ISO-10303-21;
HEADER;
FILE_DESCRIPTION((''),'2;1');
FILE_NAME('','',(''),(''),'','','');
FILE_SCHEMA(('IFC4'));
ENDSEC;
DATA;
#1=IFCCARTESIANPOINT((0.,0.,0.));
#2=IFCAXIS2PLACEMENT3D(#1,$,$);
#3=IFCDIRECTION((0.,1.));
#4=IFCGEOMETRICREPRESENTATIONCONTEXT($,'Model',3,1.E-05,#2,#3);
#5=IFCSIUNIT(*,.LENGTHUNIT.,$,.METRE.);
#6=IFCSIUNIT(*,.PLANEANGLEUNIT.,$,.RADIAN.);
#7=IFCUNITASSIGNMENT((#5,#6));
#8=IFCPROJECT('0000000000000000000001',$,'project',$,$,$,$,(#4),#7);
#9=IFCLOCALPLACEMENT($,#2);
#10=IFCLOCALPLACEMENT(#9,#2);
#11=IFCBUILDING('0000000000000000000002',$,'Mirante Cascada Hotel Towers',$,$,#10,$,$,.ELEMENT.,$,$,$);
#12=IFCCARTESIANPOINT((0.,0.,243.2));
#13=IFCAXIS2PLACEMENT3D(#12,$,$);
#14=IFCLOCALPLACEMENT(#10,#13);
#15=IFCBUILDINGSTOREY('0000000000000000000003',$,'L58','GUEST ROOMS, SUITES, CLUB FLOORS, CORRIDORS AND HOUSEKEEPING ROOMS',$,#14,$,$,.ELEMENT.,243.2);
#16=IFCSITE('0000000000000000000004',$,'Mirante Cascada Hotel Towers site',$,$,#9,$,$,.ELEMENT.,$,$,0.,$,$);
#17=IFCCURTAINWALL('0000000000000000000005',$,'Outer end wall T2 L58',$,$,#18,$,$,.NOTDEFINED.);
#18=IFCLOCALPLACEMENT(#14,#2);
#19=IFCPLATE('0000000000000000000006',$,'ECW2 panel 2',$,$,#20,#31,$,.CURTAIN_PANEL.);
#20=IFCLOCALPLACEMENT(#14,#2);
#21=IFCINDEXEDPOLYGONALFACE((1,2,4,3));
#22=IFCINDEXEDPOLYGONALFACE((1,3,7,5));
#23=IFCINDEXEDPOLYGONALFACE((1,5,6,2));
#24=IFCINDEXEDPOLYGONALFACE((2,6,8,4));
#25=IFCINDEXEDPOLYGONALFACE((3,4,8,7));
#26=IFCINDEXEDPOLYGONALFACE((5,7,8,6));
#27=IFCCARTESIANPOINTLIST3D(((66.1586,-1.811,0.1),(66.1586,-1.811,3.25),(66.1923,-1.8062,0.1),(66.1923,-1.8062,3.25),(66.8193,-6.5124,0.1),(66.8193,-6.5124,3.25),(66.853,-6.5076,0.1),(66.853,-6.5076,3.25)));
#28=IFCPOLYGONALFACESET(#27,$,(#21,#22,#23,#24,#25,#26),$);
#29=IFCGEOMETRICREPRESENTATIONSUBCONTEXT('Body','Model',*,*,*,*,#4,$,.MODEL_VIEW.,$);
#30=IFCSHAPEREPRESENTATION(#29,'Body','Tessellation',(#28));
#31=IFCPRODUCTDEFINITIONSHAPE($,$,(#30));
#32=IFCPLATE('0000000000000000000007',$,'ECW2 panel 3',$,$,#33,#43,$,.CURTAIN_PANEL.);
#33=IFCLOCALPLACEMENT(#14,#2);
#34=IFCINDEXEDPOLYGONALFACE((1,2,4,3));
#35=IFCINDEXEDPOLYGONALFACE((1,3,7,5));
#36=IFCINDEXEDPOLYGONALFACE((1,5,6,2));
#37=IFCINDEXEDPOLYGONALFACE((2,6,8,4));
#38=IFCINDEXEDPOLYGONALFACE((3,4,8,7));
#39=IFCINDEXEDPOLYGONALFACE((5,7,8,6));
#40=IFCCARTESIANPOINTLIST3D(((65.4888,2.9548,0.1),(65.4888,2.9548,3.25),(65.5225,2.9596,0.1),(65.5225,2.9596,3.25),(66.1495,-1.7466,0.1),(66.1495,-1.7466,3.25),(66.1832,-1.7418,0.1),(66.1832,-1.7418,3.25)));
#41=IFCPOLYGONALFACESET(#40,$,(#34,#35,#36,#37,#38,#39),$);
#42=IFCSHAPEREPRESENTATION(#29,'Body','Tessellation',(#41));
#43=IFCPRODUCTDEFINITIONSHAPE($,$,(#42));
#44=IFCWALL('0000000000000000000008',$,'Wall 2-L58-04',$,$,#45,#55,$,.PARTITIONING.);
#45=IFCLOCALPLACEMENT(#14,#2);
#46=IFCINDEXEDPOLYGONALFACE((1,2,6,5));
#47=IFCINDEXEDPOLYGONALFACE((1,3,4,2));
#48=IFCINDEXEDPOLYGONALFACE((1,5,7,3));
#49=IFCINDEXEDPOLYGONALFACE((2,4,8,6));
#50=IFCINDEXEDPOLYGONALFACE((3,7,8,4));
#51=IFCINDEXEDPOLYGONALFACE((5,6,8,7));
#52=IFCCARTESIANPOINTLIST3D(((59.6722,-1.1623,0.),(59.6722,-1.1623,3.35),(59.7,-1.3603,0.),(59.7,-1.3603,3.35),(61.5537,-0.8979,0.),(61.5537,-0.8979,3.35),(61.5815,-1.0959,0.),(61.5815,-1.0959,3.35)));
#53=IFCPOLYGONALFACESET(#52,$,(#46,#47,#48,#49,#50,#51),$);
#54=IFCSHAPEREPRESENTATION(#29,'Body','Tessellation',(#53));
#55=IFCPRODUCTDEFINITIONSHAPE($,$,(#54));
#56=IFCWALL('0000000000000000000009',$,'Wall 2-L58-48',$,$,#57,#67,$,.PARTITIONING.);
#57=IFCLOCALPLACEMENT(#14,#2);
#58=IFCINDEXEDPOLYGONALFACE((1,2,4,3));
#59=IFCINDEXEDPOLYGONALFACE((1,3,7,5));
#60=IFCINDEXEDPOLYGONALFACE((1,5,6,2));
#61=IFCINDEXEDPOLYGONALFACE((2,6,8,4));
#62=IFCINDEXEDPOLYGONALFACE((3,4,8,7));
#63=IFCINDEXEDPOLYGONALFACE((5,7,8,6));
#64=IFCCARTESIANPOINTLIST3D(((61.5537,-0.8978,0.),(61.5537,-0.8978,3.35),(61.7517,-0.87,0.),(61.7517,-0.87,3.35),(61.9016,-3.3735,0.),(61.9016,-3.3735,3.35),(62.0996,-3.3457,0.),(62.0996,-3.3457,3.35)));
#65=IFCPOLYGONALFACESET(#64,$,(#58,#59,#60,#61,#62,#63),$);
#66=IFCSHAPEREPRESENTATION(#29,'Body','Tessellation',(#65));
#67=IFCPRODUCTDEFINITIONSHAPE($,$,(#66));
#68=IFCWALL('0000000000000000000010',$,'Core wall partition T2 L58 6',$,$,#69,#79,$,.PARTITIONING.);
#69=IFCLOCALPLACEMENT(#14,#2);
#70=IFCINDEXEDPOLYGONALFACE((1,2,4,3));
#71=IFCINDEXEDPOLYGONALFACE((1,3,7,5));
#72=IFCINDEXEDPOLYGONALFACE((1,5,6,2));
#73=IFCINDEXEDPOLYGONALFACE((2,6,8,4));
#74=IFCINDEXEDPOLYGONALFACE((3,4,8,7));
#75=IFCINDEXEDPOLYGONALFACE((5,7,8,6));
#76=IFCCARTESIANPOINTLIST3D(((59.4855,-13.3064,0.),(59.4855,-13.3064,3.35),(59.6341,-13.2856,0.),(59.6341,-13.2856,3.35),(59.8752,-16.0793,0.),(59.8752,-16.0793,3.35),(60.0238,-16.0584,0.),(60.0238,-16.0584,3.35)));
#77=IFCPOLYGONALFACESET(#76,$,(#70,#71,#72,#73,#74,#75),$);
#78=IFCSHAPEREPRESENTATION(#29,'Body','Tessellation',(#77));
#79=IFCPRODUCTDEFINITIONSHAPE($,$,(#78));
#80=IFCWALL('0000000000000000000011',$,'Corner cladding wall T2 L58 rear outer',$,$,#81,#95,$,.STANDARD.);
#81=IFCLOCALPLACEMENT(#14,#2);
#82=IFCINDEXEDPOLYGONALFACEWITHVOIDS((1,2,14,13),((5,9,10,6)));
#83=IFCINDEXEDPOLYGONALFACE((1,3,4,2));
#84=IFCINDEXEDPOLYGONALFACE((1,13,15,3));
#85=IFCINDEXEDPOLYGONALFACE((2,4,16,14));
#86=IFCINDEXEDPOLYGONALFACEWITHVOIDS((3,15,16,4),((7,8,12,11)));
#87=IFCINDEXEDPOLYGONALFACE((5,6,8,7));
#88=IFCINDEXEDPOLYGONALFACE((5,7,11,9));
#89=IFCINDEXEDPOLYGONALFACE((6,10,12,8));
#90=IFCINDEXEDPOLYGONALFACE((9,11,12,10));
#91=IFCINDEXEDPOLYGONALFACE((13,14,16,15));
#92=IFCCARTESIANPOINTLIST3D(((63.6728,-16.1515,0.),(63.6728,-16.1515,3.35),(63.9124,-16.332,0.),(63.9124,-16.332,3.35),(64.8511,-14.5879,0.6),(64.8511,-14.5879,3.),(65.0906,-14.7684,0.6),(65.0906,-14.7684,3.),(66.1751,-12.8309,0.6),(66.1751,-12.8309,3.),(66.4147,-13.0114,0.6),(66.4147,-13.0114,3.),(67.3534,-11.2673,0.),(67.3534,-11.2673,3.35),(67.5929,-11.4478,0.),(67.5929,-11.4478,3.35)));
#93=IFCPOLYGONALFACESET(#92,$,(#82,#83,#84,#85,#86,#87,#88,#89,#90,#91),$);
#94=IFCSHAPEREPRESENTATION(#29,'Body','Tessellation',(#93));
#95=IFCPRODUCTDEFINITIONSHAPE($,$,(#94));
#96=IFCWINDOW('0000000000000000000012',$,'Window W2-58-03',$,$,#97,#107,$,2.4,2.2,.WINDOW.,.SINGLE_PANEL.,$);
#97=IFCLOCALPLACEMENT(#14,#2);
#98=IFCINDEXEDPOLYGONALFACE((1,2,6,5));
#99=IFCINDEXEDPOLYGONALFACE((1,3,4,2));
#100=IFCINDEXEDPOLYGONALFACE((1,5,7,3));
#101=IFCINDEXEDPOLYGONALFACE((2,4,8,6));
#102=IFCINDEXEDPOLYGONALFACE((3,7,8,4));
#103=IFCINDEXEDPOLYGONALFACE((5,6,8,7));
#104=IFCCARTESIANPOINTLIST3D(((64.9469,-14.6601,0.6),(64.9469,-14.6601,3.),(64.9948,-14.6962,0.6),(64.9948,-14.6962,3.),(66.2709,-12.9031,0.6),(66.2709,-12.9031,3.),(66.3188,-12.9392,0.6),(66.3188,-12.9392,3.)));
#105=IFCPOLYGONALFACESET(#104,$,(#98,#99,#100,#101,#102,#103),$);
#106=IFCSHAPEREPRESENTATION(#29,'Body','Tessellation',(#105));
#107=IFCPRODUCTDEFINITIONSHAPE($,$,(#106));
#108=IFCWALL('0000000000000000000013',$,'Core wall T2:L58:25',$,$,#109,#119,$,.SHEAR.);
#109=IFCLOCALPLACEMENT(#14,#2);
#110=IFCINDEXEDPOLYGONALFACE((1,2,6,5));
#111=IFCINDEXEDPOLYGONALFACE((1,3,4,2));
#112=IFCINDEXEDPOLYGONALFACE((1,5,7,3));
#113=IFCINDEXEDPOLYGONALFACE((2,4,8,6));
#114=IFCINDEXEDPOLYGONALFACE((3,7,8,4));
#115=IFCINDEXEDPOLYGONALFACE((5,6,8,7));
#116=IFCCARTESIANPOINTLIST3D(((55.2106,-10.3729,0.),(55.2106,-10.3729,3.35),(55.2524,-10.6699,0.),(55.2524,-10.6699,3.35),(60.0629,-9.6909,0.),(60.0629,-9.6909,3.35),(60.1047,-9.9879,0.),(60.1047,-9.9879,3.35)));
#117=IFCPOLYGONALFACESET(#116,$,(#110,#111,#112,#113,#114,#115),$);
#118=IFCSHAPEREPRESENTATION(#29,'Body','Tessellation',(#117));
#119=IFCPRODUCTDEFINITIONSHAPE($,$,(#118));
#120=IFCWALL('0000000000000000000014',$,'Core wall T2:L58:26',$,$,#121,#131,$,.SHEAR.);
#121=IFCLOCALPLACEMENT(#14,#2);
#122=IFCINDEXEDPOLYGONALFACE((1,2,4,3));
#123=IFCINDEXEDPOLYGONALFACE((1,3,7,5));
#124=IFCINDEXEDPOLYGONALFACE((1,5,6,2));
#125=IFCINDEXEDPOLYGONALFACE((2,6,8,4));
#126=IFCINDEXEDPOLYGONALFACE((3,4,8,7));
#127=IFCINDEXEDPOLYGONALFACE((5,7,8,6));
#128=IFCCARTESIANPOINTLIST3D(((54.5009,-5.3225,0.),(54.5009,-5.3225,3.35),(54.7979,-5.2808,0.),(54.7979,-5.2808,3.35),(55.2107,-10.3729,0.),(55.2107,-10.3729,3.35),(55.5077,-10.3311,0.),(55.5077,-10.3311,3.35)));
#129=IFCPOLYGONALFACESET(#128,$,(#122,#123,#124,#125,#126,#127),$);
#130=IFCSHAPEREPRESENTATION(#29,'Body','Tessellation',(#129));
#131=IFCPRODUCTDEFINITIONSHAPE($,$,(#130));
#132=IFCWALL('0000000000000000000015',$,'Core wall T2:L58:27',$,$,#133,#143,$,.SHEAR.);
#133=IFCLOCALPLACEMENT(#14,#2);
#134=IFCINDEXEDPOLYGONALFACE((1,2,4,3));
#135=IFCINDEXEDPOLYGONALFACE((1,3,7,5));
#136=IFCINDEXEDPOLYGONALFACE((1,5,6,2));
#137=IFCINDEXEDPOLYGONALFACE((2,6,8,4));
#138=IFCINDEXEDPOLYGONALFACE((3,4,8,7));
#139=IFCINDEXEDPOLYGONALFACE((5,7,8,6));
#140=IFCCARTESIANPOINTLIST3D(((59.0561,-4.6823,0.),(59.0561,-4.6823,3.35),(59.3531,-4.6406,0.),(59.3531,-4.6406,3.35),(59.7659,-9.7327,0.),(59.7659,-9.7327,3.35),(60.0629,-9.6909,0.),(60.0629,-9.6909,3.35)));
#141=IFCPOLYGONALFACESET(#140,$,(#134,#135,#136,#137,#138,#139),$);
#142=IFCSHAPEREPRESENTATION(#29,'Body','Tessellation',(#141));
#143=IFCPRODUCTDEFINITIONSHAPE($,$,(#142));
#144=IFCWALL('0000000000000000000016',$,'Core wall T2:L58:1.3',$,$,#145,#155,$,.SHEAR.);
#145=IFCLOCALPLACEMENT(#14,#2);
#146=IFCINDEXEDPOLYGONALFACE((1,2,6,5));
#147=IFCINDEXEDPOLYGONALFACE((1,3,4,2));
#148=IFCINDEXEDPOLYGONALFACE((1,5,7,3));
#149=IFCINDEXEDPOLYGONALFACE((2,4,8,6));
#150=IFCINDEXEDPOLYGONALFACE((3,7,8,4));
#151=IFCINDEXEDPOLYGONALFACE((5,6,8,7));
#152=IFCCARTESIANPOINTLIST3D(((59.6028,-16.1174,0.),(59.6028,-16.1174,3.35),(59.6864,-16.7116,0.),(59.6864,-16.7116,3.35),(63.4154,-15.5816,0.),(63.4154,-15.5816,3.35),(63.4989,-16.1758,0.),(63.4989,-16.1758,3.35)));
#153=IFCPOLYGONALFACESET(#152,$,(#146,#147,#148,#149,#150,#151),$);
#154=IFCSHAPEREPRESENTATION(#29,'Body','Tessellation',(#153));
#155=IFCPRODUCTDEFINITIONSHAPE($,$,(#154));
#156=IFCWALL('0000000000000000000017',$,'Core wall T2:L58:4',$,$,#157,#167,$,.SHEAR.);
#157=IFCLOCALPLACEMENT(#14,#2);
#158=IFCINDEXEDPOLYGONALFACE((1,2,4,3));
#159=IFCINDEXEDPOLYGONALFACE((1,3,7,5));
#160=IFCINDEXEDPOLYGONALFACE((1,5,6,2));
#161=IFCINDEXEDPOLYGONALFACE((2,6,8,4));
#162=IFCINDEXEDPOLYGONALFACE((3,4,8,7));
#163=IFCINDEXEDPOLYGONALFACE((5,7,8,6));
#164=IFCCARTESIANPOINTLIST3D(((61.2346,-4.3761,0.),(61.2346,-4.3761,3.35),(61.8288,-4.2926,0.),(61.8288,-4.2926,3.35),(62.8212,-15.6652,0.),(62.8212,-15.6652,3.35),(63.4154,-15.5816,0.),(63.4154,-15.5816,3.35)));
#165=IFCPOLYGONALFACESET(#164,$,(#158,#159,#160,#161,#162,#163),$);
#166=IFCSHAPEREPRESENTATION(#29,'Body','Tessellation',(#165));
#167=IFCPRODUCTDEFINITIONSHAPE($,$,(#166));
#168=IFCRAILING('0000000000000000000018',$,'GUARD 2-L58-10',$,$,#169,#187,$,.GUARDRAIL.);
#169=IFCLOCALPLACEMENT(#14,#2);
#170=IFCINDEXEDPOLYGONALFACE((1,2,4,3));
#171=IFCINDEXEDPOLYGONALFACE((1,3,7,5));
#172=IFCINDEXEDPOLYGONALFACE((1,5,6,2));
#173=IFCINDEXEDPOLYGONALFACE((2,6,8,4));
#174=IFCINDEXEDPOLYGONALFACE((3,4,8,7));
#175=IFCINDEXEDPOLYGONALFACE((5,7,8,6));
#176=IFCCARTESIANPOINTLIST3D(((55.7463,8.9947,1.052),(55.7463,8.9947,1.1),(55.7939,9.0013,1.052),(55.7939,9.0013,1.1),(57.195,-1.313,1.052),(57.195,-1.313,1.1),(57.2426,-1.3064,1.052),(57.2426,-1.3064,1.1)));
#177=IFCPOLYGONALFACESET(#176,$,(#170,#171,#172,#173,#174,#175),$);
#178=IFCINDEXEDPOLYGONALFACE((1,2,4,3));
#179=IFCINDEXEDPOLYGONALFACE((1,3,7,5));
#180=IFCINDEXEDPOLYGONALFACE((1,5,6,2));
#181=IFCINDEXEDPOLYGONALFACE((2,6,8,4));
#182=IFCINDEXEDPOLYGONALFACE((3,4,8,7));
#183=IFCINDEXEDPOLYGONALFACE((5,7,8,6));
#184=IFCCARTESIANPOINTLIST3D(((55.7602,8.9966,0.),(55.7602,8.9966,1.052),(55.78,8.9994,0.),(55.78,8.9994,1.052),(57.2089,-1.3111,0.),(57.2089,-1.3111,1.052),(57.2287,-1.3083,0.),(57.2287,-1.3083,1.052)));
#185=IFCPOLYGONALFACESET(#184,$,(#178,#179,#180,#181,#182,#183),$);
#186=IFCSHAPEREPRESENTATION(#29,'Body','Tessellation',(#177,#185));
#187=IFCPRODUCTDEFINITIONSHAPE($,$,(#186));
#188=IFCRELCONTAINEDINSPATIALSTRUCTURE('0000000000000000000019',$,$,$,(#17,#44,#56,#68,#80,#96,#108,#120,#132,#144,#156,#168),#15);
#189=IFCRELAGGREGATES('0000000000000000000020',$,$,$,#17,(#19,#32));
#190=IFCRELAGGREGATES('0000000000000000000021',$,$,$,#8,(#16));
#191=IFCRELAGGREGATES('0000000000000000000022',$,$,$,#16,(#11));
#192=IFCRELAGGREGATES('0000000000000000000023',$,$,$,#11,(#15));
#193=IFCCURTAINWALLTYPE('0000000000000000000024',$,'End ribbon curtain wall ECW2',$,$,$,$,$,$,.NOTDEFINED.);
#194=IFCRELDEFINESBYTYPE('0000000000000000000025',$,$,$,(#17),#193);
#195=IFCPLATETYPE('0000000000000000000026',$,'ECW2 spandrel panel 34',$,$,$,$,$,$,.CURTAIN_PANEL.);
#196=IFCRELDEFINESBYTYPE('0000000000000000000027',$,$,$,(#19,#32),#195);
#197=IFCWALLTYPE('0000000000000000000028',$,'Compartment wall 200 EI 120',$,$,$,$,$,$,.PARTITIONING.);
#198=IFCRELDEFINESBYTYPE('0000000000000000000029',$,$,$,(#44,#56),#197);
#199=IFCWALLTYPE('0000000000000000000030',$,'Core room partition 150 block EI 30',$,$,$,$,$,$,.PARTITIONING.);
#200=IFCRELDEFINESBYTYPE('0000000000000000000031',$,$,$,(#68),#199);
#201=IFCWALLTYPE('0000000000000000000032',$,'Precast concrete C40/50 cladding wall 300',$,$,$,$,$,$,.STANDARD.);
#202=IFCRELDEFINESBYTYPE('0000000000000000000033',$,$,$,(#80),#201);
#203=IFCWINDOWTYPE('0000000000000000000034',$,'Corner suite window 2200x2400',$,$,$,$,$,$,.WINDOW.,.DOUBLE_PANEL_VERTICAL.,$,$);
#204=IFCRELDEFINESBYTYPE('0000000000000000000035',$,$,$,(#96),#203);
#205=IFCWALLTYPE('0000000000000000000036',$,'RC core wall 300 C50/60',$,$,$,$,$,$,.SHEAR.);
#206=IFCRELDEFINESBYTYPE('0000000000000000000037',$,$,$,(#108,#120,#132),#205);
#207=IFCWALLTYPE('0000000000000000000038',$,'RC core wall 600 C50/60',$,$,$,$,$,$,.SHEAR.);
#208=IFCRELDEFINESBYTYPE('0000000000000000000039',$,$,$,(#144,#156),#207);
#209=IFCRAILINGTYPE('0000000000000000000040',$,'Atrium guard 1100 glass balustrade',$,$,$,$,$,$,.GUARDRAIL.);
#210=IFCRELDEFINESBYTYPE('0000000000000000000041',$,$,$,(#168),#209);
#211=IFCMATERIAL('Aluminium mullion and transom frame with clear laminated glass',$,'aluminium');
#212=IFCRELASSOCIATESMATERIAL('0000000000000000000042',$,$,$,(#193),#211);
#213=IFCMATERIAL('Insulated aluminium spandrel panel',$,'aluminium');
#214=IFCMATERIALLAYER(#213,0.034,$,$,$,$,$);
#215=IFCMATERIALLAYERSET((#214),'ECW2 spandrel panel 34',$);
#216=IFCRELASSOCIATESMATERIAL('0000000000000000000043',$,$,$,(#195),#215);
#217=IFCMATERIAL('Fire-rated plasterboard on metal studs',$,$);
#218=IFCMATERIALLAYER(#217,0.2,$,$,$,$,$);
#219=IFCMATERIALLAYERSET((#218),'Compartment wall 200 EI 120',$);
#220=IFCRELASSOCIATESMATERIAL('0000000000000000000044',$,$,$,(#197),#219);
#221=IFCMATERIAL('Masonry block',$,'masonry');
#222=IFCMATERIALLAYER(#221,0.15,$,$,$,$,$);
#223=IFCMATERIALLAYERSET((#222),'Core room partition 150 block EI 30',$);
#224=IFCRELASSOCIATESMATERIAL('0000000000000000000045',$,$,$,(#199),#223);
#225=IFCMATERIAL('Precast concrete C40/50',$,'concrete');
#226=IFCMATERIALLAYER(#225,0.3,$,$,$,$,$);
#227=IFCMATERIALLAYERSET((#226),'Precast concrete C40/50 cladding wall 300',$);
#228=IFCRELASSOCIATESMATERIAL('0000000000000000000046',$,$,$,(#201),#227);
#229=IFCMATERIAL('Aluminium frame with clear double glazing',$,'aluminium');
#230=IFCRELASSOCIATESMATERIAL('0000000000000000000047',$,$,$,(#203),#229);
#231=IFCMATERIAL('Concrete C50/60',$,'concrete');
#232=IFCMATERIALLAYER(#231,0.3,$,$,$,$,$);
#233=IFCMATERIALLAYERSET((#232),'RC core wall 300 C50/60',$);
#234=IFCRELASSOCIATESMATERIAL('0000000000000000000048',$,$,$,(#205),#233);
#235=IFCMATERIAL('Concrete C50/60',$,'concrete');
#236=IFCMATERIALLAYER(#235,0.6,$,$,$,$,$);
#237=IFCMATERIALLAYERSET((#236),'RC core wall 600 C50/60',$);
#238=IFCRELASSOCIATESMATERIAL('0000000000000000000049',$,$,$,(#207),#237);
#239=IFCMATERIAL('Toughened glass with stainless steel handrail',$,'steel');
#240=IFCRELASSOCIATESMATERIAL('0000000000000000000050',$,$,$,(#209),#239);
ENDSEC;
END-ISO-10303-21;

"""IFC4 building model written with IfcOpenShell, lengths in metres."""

from ifc_helpers import new_model, si_unit, direction, frame, frame_2d, origin, origin_2d, place, context, subcontext, project, spatial, rectangle, extrude, material, layer, layer_set, type_object, element, fill, aggregate, save


model = new_model("IFC4")

# Units and contexts
model_context = context("Model", 3, precision=1e-05, world=origin(), true_north=direction((0.0, 1.0)))
body_context = subcontext(model_context, "Body", "Model", "MODEL_VIEW")
ifc_project = project(units=[si_unit("LENGTHUNIT", "METRE"), si_unit("PLANEANGLEUNIT", "RADIAN")], contexts=[model_context])

# Site, building, storey
site_placement = place(None, origin())
site = spatial("IfcSite", under=ifc_project, at=site_placement, Name="Mirante Cascada Hotel Towers site", CompositionType="ELEMENT", RefElevation=0.0)
building_placement = place(site_placement, origin())
building = spatial("IfcBuilding", under=site, at=building_placement, Name="Mirante Cascada Hotel Towers", CompositionType="ELEMENT")
storey_placement = place(building_placement, frame((0.0, 0.0, 243.2)))
storey = spatial("IfcBuildingStorey", under=building, at=storey_placement, Name="L58", Description="GUEST ROOMS, SUITES, CLUB FLOORS, CORRIDORS AND HOUSEKEEPING ROOMS", CompositionType="ELEMENT", Elevation=243.2)

# Curtain wall, plates
ifc_material_1 = material(Name="Aluminium mullion and transom frame with clear laminated glass", Category="aluminium")
curtain_wall_type = type_object("IfcCurtainWallType", Name="End ribbon curtain wall ECW2", PredefinedType="NOTDEFINED", material=ifc_material_1)
curtain_wall_placement = place(storey_placement, origin())
curtain_wall = element("IfcCurtainWall", 1, at=curtain_wall_placement, inside=storey, type_object=curtain_wall_type, Name="Outer end wall T2 L58", PredefinedType="NOTDEFINED")
ifc_material_2 = material(Name="Insulated aluminium spandrel panel", Category="aluminium")
ifc_layer_1 = layer(ifc_material_2, 0.034)
ifc_layer_set_1 = layer_set([ifc_layer_1], Name="ECW2 spandrel panel 34")
plate_type_1 = type_object("IfcPlateType", Name="ECW2 spandrel panel 34", PredefinedType="CURTAIN_PANEL", material=ifc_layer_set_1)
plate_1_placement = place(storey_placement, frame((66.5058, -4.1593, 0.1), z_axis=(0.0, 0.0, 1.0), x_axis=(-0.139173, 0.990268, 0.0)))
plate_1 = element("IfcPlate", 2, at=plate_1_placement, type_object=plate_type_1, Name="ECW2 panel 2", PredefinedType="CURTAIN_PANEL", context=body_context, shape_type="SweptSolid", body=[
    extrude(rectangle(XDim=4.7476, YDim=0.034, at=origin_2d()), origin(), (0.0, 0.0, 1.0), 3.15),
])
plate_2_placement = place(storey_placement, frame((65.836, 0.6065, 0.1), z_axis=(0.0, 0.0, 1.0), x_axis=(-0.139173, 0.990268, 0.0)))
plate_2 = element("IfcPlate", 3, at=plate_2_placement, type_object=plate_type_1, Name="ECW2 panel 3", PredefinedType="CURTAIN_PANEL", context=body_context, shape_type="SweptSolid", body=[
    extrude(rectangle(XDim=4.7476, YDim=0.034, at=origin_2d()), origin(), (0.0, 0.0, 1.0), 3.15),
])
aggregate(curtain_wall, [plate_1, plate_2])

# Walls
ifc_material_3 = material(Name="Fire-rated plasterboard on metal studs")
ifc_layer_2 = layer(ifc_material_3, 0.2)
ifc_layer_set_2 = layer_set([ifc_layer_2], Name="Compartment wall 200 EI 120")
wall_type_1 = type_object("IfcWallType", Name="Compartment wall 200 EI 120", PredefinedType="PARTITIONING", material=ifc_layer_set_2)
wall_1_placement = place(storey_placement, frame((61.5676, -0.9969, 0.0), z_axis=(0.0, 0.0, 1.0), x_axis=(-0.99027, -0.139159, 0.0)))
element("IfcWall", 4, at=wall_1_placement, inside=storey, type_object=wall_type_1, Name="Wall 2-L58-04", PredefinedType="PARTITIONING", context=body_context, shape_type="SweptSolid", body=[
    extrude(rectangle(XDim=1.9, YDim=0.2, at=frame_2d((0.95, 0.0))), origin(), (0.0, 0.0, 1.0), 3.35),
])
wall_2_placement = place(storey_placement, frame((61.6527, -0.8839, 0.0), z_axis=(0.0, 0.0, 1.0), x_axis=(0.139159, -0.99027, 0.0)))
element("IfcWall", 5, at=wall_2_placement, inside=storey, type_object=wall_type_1, Name="Wall 2-L58-48", PredefinedType="PARTITIONING", context=body_context, shape_type="SweptSolid", body=[
    extrude(rectangle(XDim=2.5, YDim=0.2, at=frame_2d((1.25, 0.0))), origin(), (0.0, 0.0, 1.0), 3.35),
])
ifc_material_4 = material(Name="Masonry block", Category="masonry")
ifc_layer_3 = layer(ifc_material_4, 0.15)
ifc_layer_set_3 = layer_set([ifc_layer_3], Name="Core room partition 150 block EI 30")
wall_type_2 = type_object("IfcWallType", Name="Core room partition 150 block EI 30", PredefinedType="PARTITIONING", material=ifc_layer_set_3)
wall_3_placement = place(storey_placement, frame((59.9495, -16.0688, 0.0), z_axis=(0.0, 0.0, 1.0), x_axis=(-0.139176, 0.990268, 0.0)))
element("IfcWall", 6, at=wall_3_placement, inside=storey, type_object=wall_type_2, Name="Core wall partition T2 L58 6", PredefinedType="PARTITIONING", context=body_context, shape_type="SweptSolid", body=[
    extrude(rectangle(XDim=2.8001, YDim=0.15, at=frame_2d((1.4, 0.0))), origin(), (0.0, 0.0, 1.0), 3.35),
])

# Wall, opening, window
ifc_material_5 = material(Name="Precast concrete C40/50", Category="concrete")
ifc_layer_4 = layer(ifc_material_5, 0.3)
ifc_layer_set_4 = layer_set([ifc_layer_4], Name="Precast concrete C40/50 cladding wall 300")
wall_type_3 = type_object("IfcWallType", Name="Precast concrete C40/50 cladding wall 300", PredefinedType="STANDARD", material=ifc_layer_set_4)
wall_4_placement = place(storey_placement, frame((63.7926, -16.2417, 0.0), z_axis=(0.0, 0.0, 1.0), x_axis=(0.601824, 0.798628, 0.0)))
wall_4 = element("IfcWall", 7, at=wall_4_placement, inside=storey, type_object=wall_type_3, Name="Corner cladding wall T2 L58 rear outer", PredefinedType="STANDARD", context=body_context, shape_type="SweptSolid", body=[
    extrude(rectangle(XDim=6.1157, YDim=0.3, at=frame_2d((3.0578, 0.0))), origin(), (0.0, 0.0, 1.0), 3.35),
])
opening_placement = place(wall_4_placement, frame((1.9578, 0.0, 0.6)))
opening = element("IfcOpeningElement", 8, at=opening_placement, cuts=wall_4, PredefinedType="OPENING", context=body_context, shape_type="SweptSolid", body=[
    extrude(rectangle(XDim=2.2, YDim=2.4, at=frame_2d((1.1, 1.2))), frame((0.0, 0.15, 0.0), z_axis=(0.0, -1.0, 0.0), x_axis=(1.0, 0.0, 0.0)), (0.0, 0.0, 1.0), 0.3),
])
ifc_material_6 = material(Name="Aluminium frame with clear double glazing", Category="aluminium")
window_type = type_object("IfcWindowType", Name="Corner suite window 2200x2400", PartitioningType="DOUBLE_PANEL_VERTICAL", PredefinedType="WINDOW", material=ifc_material_6)
window_placement = place(opening_placement, origin())
window = element("IfcWindow", 9, at=window_placement, inside=storey, type_object=window_type, Name="Window W2-58-03", OverallHeight=2.4, OverallWidth=2.2, PartitioningType="SINGLE_PANEL", PredefinedType="WINDOW", context=body_context, shape_type="SweptSolid", body=[
    extrude(rectangle(XDim=2.2, YDim=2.4, at=frame_2d((1.1, 1.2))), frame((0.0, 0.03, 0.0), z_axis=(0.0, -1.0, 0.0), x_axis=(1.0, 0.0, 0.0)), (0.0, 0.0, 1.0), 0.06),
])
fill(opening, window)

# Walls
ifc_material_7 = material(Name="Concrete C50/60", Category="concrete")
ifc_layer_5 = layer(ifc_material_7, 0.3)
ifc_layer_set_5 = layer_set([ifc_layer_5], Name="RC core wall 300 C50/60")
wall_type_4 = type_object("IfcWallType", Name="RC core wall 300 C50/60", PredefinedType="SHEAR", material=ifc_layer_set_5)
wall_5_placement = place(storey_placement, frame((55.2315, -10.5214, 0.0), z_axis=(0.0, 0.0, 1.0), x_axis=(0.990267, 0.139184, 0.0)))
element("IfcWall", 10, at=wall_5_placement, inside=storey, type_object=wall_type_4, Name="Core wall T2:L58:25", PredefinedType="SHEAR", context=body_context, shape_type="SweptSolid", body=[
    extrude(rectangle(XDim=4.9, YDim=0.3, at=frame_2d((2.45, 0.0))), origin(), (0.0, 0.0, 1.0), 3.35),
])
for number, where, z_axis, x_axis, name in (
    (11, (55.3592, -10.352, 0.0), (0.0, 0.0, 1.0), (-0.139176, 0.990268, 0.0), "Core wall T2:L58:26"),
    (12, (59.9144, -9.7118, 0.0), (0.0, 0.0, 1.0), (-0.139176, 0.990268, 0.0), "Core wall T2:L58:27"),
):
    element("IfcWall", number, at=place(storey_placement, frame(where, z_axis=z_axis, x_axis=x_axis)), inside=storey, type_object=wall_type_4, Name=name, PredefinedType="SHEAR", context=body_context, shape_type="SweptSolid", body=[
        extrude(rectangle(XDim=5.1, YDim=0.3, at=frame_2d((2.55, 0.0))), origin(), (0.0, 0.0, 1.0), 3.35),
    ])
ifc_material_8 = material(Name="Concrete C50/60", Category="concrete")
ifc_layer_6 = layer(ifc_material_8, 0.6)
ifc_layer_set_6 = layer_set([ifc_layer_6], Name="RC core wall 600 C50/60")
wall_type_5 = type_object("IfcWallType", Name="RC core wall 600 C50/60", PredefinedType="SHEAR", material=ifc_layer_set_6)
wall_6_placement = place(storey_placement, frame((59.6446, -16.4145, 0.0), z_axis=(0.0, 0.0, 1.0), x_axis=(0.990268, 0.13917, 0.0)))
element("IfcWall", 13, at=wall_6_placement, inside=storey, type_object=wall_type_5, Name="Core wall T2:L58:1.3", PredefinedType="SHEAR", context=body_context, shape_type="SweptSolid", body=[
    extrude(rectangle(XDim=3.85, YDim=0.6, at=frame_2d((1.925, 0.0))), origin(), (0.0, 0.0, 1.0), 3.35),
])
wall_7_placement = place(storey_placement, frame((63.1183, -15.6234, 0.0), z_axis=(0.0, 0.0, 1.0), x_axis=(-0.139175, 0.990268, 0.0)))
element("IfcWall", 14, at=wall_7_placement, inside=storey, type_object=wall_type_5, Name="Core wall T2:L58:4", PredefinedType="SHEAR", context=body_context, shape_type="SweptSolid", body=[
    extrude(rectangle(XDim=11.4, YDim=0.6, at=frame_2d((5.7, 0.0))), origin(), (0.0, 0.0, 1.0), 3.35),
])

# Railing
ifc_material_9 = material(Name="Toughened glass with stainless steel handrail", Category="steel")
railing_type = type_object("IfcRailingType", Name="Atrium guard 1100 glass balustrade", PredefinedType="GUARDRAIL", material=ifc_material_9)
railing_placement = place(storey_placement, frame((57.2188, -1.3097, 0.0)))
element("IfcRailing", 15, at=railing_placement, inside=storey, type_object=railing_type, Name="GUARD 2-L58-10", PredefinedType="GUARDRAIL", context=body_context, shape_type="SweptSolid", body=[
    extrude(rectangle(XDim=0.048, YDim=0.048, at=origin_2d()), frame((0.0, 0.0, 1.076), z_axis=(-0.139178, 0.990267, 0.0), x_axis=(-0.990267, -0.139178, 0.0)), (0.0, 0.0, 1.0), 10.409),
    extrude(rectangle(XDim=0.02, YDim=1.052, at=origin_2d()), frame((0.0, 0.0, 0.526), z_axis=(-0.139178, 0.990267, 0.0), x_axis=(-0.990267, -0.139178, 0.0)), (0.0, 0.0, 1.0), 10.409),
])

save(model, "model.ifc")
